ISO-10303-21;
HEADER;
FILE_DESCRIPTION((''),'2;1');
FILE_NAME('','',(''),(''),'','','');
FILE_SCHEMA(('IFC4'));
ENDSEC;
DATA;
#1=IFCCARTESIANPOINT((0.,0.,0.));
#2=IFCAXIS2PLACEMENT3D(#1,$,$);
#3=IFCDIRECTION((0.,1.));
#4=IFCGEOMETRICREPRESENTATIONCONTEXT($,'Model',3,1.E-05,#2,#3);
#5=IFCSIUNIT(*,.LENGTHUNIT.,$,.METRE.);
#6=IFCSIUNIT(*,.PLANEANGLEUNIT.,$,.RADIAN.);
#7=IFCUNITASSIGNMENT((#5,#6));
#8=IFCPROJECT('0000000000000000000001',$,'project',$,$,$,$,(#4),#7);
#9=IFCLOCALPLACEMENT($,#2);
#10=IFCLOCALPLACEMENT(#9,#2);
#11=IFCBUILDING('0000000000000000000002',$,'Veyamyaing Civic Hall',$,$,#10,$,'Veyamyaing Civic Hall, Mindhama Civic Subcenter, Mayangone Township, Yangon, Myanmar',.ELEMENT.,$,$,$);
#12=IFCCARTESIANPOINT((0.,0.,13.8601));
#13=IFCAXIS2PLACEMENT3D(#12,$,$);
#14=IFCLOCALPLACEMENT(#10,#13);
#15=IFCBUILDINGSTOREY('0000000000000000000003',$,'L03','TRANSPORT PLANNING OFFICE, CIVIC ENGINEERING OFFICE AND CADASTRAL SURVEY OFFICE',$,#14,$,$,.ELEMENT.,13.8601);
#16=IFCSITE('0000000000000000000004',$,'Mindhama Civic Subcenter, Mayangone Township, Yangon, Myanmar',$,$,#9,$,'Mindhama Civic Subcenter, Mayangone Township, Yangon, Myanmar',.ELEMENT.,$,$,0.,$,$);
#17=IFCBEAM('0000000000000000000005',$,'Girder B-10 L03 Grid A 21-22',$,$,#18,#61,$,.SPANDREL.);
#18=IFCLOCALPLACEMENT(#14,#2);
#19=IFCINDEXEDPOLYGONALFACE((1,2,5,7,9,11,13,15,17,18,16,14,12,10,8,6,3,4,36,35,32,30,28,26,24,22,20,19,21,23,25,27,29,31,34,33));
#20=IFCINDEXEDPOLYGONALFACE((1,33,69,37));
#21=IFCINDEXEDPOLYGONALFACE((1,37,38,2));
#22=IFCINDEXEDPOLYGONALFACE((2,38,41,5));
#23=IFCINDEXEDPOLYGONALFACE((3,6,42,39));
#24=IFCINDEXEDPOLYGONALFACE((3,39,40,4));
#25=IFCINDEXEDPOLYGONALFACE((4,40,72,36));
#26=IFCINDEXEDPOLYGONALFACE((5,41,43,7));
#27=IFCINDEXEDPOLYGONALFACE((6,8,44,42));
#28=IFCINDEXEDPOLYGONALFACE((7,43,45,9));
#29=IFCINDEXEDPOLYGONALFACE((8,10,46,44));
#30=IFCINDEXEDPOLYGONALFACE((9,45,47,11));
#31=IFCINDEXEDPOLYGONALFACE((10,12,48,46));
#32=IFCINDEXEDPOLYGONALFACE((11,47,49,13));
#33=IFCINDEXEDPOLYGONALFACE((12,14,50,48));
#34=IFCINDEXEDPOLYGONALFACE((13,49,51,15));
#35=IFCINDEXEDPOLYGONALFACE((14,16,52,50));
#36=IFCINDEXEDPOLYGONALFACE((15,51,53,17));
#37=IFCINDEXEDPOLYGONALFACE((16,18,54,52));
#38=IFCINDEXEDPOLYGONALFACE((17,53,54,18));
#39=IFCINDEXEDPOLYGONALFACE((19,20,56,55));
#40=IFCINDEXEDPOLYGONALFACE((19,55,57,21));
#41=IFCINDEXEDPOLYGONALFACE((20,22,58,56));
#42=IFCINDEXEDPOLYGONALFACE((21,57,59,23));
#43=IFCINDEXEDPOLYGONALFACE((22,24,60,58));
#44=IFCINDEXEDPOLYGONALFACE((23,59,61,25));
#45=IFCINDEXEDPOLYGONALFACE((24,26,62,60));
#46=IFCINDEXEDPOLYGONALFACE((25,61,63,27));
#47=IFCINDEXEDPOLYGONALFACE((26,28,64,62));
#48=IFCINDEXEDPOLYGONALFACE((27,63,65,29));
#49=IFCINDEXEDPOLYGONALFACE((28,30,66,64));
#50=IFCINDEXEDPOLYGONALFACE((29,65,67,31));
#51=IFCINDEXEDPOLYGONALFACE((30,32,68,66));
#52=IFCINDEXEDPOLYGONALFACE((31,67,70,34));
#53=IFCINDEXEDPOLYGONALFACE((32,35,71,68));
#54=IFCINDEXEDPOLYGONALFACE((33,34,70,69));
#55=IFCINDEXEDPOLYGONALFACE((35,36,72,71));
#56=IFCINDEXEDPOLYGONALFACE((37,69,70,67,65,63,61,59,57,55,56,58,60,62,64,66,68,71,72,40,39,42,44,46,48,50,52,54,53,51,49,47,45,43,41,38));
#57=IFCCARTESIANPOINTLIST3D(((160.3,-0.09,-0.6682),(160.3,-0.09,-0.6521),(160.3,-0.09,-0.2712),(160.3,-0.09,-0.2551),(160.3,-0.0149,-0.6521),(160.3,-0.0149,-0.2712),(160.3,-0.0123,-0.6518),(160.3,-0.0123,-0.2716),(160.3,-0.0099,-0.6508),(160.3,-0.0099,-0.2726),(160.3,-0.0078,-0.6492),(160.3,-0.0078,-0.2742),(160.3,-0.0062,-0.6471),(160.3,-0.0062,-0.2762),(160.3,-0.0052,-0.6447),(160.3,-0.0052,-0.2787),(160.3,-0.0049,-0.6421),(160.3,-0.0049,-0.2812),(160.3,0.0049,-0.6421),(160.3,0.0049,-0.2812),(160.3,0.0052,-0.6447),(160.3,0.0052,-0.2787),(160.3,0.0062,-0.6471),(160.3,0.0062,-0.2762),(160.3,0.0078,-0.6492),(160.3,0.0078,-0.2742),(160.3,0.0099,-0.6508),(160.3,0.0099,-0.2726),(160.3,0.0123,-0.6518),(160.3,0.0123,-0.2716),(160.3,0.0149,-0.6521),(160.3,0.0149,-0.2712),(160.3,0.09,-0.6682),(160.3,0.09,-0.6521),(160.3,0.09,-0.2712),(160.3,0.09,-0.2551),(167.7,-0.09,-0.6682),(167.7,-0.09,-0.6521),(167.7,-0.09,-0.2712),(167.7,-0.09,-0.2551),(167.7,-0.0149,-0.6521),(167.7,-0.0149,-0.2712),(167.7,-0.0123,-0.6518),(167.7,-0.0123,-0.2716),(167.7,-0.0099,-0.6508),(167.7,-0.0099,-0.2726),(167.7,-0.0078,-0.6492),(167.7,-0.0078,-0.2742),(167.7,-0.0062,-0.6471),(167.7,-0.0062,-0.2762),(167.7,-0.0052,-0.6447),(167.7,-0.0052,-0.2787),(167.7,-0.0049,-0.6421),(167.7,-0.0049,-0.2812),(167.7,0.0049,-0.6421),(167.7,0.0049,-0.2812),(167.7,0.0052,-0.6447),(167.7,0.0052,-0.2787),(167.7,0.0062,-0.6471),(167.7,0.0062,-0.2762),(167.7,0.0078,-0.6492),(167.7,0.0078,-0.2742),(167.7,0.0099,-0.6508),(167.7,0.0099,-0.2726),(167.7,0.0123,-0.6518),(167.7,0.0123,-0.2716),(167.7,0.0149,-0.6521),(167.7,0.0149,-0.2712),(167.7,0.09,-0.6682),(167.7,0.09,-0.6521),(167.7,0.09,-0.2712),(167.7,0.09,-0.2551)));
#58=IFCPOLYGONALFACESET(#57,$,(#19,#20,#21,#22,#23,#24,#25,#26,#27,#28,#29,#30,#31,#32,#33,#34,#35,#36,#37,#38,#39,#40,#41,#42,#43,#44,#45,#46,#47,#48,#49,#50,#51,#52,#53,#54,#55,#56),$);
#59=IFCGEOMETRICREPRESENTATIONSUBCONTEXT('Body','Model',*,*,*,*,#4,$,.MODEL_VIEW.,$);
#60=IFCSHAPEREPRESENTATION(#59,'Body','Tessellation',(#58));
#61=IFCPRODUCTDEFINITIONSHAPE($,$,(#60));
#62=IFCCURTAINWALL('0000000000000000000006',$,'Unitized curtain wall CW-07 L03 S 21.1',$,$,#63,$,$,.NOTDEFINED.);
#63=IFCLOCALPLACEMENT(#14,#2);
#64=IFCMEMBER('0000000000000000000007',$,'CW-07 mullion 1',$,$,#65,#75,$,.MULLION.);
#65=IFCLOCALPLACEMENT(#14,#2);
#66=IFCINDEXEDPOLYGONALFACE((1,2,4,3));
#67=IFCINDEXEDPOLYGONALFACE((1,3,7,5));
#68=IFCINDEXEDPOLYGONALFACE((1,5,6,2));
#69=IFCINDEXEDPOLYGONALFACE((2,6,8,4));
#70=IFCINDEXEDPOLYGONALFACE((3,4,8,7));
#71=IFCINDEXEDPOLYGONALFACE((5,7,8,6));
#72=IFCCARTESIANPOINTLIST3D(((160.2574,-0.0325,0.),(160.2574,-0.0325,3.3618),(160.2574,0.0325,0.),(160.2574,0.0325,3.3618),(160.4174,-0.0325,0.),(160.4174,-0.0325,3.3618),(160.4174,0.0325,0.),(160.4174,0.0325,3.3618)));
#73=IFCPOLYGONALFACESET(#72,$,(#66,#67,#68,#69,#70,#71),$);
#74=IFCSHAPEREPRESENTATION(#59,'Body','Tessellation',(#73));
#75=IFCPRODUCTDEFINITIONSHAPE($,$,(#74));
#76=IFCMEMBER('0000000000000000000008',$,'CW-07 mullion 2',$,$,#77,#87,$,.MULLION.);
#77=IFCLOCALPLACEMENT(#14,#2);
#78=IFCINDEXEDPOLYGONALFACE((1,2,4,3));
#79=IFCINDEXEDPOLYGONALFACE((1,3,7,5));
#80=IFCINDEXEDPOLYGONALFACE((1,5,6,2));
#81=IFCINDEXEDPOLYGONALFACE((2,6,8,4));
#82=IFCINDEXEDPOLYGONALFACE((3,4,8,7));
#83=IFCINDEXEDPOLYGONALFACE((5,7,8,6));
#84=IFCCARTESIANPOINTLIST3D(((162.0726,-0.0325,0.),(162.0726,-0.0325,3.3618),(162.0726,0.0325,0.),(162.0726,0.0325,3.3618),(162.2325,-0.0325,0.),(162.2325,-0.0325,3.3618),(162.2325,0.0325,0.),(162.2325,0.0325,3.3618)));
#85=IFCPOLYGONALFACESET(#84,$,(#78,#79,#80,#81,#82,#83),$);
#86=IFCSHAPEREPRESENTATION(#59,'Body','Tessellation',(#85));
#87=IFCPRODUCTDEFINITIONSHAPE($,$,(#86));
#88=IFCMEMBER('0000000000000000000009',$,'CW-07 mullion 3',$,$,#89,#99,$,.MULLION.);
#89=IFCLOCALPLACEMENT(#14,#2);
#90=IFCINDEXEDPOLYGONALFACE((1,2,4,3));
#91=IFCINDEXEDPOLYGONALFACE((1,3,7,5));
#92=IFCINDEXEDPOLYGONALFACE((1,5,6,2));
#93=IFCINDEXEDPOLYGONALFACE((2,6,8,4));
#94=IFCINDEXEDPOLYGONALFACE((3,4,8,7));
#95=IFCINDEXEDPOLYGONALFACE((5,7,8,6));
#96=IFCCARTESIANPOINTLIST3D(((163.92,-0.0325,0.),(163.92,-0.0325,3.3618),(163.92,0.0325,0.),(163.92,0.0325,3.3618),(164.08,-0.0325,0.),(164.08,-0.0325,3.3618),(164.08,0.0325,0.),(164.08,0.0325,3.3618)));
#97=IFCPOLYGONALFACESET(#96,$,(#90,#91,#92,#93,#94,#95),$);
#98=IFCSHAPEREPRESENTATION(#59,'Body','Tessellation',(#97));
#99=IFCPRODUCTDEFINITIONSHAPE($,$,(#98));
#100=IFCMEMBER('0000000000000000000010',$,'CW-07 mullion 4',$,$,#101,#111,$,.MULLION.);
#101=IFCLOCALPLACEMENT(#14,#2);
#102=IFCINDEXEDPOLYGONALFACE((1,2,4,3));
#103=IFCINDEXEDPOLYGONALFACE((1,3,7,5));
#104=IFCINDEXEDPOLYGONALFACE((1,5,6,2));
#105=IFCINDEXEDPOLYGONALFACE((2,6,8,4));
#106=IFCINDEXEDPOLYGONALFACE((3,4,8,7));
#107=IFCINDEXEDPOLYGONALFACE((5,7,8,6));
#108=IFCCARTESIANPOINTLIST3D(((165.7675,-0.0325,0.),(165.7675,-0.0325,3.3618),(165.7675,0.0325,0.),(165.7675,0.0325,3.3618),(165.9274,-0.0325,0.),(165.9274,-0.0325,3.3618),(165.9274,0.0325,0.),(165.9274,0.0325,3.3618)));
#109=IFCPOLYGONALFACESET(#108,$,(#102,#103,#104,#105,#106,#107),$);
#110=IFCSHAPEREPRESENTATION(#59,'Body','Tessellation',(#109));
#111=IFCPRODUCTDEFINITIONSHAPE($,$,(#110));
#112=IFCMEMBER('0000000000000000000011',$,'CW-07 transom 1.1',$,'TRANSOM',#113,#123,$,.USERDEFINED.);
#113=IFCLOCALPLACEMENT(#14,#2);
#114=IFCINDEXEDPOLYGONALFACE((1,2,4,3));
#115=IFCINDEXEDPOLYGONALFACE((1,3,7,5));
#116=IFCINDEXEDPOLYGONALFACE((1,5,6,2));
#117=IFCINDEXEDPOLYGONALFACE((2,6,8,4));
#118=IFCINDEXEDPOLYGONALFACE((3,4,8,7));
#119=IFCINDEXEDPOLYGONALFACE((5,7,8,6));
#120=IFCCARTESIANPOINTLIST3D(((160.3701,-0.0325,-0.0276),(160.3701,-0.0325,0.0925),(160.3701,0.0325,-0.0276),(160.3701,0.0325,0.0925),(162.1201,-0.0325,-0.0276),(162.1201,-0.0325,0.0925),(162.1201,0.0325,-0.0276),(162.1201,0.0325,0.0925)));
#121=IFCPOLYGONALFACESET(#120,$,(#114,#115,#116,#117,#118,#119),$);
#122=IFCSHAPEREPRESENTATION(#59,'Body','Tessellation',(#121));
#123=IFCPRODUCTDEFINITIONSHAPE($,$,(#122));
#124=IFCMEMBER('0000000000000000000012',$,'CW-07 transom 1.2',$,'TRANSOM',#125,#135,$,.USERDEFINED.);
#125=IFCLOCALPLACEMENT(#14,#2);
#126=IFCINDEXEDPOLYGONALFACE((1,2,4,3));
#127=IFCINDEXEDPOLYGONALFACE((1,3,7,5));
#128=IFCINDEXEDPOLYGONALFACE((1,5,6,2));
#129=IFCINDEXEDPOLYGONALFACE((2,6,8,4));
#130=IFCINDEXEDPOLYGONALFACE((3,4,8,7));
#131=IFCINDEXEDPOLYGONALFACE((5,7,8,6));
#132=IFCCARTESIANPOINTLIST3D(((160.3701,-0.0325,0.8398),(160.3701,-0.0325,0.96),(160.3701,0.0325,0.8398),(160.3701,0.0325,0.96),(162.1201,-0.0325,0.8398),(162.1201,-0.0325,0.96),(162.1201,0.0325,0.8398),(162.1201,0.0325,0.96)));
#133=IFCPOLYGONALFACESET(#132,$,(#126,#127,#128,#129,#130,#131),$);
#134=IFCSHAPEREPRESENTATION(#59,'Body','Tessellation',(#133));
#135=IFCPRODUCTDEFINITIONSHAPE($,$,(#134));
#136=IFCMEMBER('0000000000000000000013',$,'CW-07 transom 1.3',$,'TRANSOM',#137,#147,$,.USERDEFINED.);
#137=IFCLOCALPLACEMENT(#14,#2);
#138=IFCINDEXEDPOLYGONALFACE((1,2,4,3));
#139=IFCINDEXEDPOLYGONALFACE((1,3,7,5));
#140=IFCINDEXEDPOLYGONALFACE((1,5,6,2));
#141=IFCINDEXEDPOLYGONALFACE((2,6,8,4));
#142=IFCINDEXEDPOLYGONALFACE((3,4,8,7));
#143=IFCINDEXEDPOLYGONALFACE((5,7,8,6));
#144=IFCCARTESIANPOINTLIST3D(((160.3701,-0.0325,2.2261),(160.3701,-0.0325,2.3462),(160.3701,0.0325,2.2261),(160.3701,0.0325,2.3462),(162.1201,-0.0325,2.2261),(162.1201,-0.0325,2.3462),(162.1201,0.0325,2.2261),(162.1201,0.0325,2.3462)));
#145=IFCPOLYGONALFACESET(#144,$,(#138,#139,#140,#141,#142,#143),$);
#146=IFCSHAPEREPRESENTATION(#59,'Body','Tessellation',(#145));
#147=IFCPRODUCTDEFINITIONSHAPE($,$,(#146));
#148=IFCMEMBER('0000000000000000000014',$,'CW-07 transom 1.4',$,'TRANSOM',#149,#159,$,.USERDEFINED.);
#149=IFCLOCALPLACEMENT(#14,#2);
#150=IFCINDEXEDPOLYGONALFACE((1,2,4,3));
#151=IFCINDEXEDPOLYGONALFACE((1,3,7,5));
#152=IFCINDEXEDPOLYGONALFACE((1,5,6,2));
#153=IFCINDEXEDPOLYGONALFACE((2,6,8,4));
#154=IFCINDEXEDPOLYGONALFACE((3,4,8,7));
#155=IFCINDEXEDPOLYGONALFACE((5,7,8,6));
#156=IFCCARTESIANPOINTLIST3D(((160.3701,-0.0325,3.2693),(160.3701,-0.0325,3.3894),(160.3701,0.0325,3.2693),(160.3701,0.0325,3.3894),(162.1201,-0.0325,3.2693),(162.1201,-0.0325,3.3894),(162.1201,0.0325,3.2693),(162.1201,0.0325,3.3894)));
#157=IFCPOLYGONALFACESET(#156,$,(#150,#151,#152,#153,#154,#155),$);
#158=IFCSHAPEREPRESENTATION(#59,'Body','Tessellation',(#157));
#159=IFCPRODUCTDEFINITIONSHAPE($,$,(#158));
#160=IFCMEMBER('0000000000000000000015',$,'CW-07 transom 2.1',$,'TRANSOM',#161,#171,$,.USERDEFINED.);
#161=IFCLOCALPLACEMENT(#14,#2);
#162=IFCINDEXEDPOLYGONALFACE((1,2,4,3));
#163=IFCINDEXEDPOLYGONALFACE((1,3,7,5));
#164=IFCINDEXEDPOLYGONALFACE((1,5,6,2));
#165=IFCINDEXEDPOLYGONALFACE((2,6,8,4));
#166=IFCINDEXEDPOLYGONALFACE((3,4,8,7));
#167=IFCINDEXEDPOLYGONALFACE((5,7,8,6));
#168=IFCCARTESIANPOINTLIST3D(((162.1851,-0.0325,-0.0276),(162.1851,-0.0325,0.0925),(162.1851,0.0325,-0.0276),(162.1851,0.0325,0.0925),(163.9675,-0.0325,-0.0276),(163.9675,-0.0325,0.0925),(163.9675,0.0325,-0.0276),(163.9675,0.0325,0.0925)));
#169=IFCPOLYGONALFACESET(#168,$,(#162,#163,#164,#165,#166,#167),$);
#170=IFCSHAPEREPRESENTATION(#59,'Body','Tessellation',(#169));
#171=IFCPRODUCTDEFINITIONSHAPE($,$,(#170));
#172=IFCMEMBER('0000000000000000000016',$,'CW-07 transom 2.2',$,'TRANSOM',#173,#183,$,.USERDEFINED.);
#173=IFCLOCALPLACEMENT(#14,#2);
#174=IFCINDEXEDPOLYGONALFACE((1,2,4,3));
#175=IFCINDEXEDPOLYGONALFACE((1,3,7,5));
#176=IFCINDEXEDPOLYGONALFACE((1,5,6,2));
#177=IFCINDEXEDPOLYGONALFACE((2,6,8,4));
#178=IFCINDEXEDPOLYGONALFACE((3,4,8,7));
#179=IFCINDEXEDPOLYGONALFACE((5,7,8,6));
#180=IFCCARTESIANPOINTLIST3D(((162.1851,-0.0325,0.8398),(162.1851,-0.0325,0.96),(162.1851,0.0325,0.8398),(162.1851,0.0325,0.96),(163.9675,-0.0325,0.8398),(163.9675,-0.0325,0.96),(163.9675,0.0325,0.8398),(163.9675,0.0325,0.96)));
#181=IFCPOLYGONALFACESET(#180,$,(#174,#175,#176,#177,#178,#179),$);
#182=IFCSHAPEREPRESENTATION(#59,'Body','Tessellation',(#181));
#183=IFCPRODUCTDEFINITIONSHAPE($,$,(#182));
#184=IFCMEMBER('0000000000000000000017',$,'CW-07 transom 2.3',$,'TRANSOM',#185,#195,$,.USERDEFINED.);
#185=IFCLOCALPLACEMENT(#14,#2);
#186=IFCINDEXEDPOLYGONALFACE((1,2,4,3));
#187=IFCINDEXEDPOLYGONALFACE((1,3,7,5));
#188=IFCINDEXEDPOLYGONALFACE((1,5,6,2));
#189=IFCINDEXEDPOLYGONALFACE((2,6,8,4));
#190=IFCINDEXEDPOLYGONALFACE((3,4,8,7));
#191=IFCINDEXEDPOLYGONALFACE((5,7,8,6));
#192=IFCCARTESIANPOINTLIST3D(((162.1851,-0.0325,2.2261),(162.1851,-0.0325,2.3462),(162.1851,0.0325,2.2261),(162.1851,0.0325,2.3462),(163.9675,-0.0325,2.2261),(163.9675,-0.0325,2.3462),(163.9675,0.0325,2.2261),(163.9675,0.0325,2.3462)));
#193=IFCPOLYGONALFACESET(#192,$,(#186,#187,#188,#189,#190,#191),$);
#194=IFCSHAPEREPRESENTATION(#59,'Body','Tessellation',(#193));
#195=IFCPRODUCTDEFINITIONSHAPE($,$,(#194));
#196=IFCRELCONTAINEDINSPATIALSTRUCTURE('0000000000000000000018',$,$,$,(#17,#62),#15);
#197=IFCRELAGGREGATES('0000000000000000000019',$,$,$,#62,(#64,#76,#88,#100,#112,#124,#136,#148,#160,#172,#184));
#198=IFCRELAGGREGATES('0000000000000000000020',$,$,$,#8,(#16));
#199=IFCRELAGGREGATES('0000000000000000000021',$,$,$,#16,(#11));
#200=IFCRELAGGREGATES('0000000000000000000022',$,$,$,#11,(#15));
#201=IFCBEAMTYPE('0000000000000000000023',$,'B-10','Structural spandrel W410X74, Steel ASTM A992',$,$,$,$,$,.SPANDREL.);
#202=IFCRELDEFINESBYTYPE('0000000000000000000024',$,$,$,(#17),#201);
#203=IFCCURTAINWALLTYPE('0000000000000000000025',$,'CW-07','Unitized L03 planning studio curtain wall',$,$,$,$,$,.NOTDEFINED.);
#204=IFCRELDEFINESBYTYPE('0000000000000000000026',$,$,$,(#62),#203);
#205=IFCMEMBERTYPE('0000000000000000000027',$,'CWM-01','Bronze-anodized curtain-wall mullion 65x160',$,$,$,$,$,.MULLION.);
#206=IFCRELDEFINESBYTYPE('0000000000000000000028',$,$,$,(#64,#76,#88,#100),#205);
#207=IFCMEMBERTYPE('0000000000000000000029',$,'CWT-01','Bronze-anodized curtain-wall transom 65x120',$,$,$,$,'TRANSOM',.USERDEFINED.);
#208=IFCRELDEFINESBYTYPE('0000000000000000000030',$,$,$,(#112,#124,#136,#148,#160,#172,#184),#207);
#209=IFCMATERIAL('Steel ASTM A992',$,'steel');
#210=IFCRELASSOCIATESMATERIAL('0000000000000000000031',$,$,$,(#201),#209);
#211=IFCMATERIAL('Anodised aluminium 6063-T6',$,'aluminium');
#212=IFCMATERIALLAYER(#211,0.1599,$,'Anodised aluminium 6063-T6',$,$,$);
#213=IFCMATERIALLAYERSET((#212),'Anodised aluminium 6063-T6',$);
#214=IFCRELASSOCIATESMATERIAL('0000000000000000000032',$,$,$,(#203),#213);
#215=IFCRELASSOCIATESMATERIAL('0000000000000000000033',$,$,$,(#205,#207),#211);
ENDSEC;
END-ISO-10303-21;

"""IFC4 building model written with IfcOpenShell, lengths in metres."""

from ifc_helpers import new_model, si_unit, direction, frame, origin, origin_2d, place, context, subcontext, project, spatial, rectangle, i_section, extrude, material, layer, layer_set, material_profile, profile_set, type_object, element, aggregate, save


model = new_model("IFC4")

# Units and contexts
model_context = context("Model", 3, precision=1e-05, world=origin(), true_north=direction((0.0, 1.0)))
body_context = subcontext(model_context, "Body", "Model", "MODEL_VIEW")
ifc_project = project(units=[si_unit("LENGTHUNIT", "METRE"), si_unit("PLANEANGLEUNIT", "RADIAN")], contexts=[model_context])

# Site, building, storey
site_placement = place(None, origin())
site = spatial("IfcSite", under=ifc_project, at=site_placement, Name="Mindhama Civic Subcenter, Mayangone Township, Yangon, Myanmar", LongName="Mindhama Civic Subcenter, Mayangone Township, Yangon, Myanmar", CompositionType="ELEMENT", RefElevation=0.0)
building_placement = place(site_placement, origin())
building = spatial("IfcBuilding", under=site, at=building_placement, Name="Veyamyaing Civic Hall", LongName="Veyamyaing Civic Hall, Mindhama Civic Subcenter, Mayangone Township, Yangon, Myanmar", CompositionType="ELEMENT")
storey_placement = place(building_placement, frame((0.0, 0.0, 13.8601)))
storey = spatial("IfcBuildingStorey", under=building, at=storey_placement, Name="L03", Description="TRANSPORT PLANNING OFFICE, CIVIC ENGINEERING OFFICE AND CADASTRAL SURVEY OFFICE", CompositionType="ELEMENT", Elevation=13.8601)

# Beam
ifc_material_1 = material(Name="Steel ASTM A992", Category="steel")
ifc_material_profile_1 = material_profile(ifc_material_1, i_section(OverallWidth=0.1799, OverallDepth=0.4131, WebThickness=0.0098, FlangeThickness=0.0161, FilletRadius=0.01, at=origin_2d()), Name="W410X74")
ifc_profile_set_1 = profile_set([ifc_material_profile_1], Name="Steel ASTM A992")
beam_type_1 = type_object("IfcBeamType", Name="B-10", Description="Structural spandrel W410X74, Steel ASTM A992", PredefinedType="SPANDREL", material=ifc_profile_set_1)
beam_1_placement = place(storey_placement, frame((160.3, 0.0, -0.4617), z_axis=(1.0, 0.0, 0.0), x_axis=(0.0, 1.0, 0.0)))
element("IfcBeam", 1, at=beam_1_placement, inside=storey, type_object=beam_type_1, Name="Girder B-10 L03 Grid A 21-22", PredefinedType="SPANDREL", context=body_context, shape_type="SweptSolid", body=[
    extrude(i_section(OverallWidth=0.1799, OverallDepth=0.4131, WebThickness=0.0098, FlangeThickness=0.0161, FilletRadius=0.01, at=origin_2d()), origin(), (0.0, 0.0, 1.0), 7.3999),
])

# Curtain wall, members
ifc_material_2 = material(Name="Anodised aluminium 6063-T6", Category="aluminium")
ifc_layer_1 = layer(ifc_material_2, 0.1599, Name="Anodised aluminium 6063-T6")
ifc_layer_set_1 = layer_set([ifc_layer_1], Name="Anodised aluminium 6063-T6")
curtain_wall_type = type_object("IfcCurtainWallType", Name="CW-07", Description="Unitized L03 planning studio curtain wall", PredefinedType="NOTDEFINED", material=ifc_layer_set_1)
curtain_wall_1_placement = place(storey_placement, origin())
curtain_wall_1 = element("IfcCurtainWall", 2, at=curtain_wall_1_placement, inside=storey, type_object=curtain_wall_type, Name="Unitized curtain wall CW-07 L03 S 21.1", PredefinedType="NOTDEFINED")
ifc_material_profile_2 = material_profile(ifc_material_2, rectangle(XDim=0.0649, YDim=0.1599, at=origin_2d()), Name="ALU-MUL-65X160")
ifc_profile_set_2 = profile_set([ifc_material_profile_2], Name="Anodised aluminium 6063-T6")
member_type_1 = type_object("IfcMemberType", Name="CWM-01", Description="Bronze-anodized curtain-wall mullion 65x160", PredefinedType="MULLION", material=ifc_profile_set_2)
member_1_placement = place(storey_placement, frame((160.3374, 0.0, 0.0), z_axis=(0.0, 0.0, 1.0), x_axis=(0.0, 1.0, 0.0)))
member_1 = element("IfcMember", 3, at=member_1_placement, type_object=member_type_1, Name="CW-07 mullion 1", PredefinedType="MULLION", context=body_context, shape_type="SweptSolid", body=[
    extrude(rectangle(XDim=0.0649, YDim=0.1599, at=origin_2d()), origin(), (0.0, 0.0, 1.0), 3.3618),
])
member_2_placement = place(storey_placement, frame((162.1526, 0.0, 0.0), z_axis=(0.0, 0.0, 1.0), x_axis=(0.0, 1.0, 0.0)))
member_2 = element("IfcMember", 4, at=member_2_placement, type_object=member_type_1, Name="CW-07 mullion 2", PredefinedType="MULLION", context=body_context, shape_type="SweptSolid", body=[
    extrude(rectangle(XDim=0.0649, YDim=0.1599, at=origin_2d()), origin(), (0.0, 0.0, 1.0), 3.3618),
])
member_3_placement = place(storey_placement, frame((164.0, 0.0, 0.0), z_axis=(0.0, 0.0, 1.0), x_axis=(0.0, 1.0, 0.0)))
member_3 = element("IfcMember", 5, at=member_3_placement, type_object=member_type_1, Name="CW-07 mullion 3", PredefinedType="MULLION", context=body_context, shape_type="SweptSolid", body=[
    extrude(rectangle(XDim=0.0649, YDim=0.1599, at=origin_2d()), origin(), (0.0, 0.0, 1.0), 3.3618),
])
member_4_placement = place(storey_placement, frame((165.8474, 0.0, 0.0), z_axis=(0.0, 0.0, 1.0), x_axis=(0.0, 1.0, 0.0)))
member_4 = element("IfcMember", 6, at=member_4_placement, type_object=member_type_1, Name="CW-07 mullion 4", PredefinedType="MULLION", context=body_context, shape_type="SweptSolid", body=[
    extrude(rectangle(XDim=0.0649, YDim=0.1599, at=origin_2d()), origin(), (0.0, 0.0, 1.0), 3.3618),
])
ifc_material_profile_3 = material_profile(ifc_material_2, rectangle(XDim=0.0649, YDim=0.1201, at=origin_2d()), Name="ALU-TRN-65X120")
ifc_profile_set_3 = profile_set([ifc_material_profile_3], Name="Anodised aluminium 6063-T6")
member_type_2 = type_object("IfcMemberType", Name="CWT-01", Description="Bronze-anodized curtain-wall transom 65x120", ElementType="TRANSOM", PredefinedType="USERDEFINED", material=ifc_profile_set_3)
member_5_placement = place(storey_placement, frame((160.3701, 0.0, 0.0325), z_axis=(1.0, 0.0, 0.0), x_axis=(0.0, 1.0, 0.0)))
member_5 = element("IfcMember", 7, at=member_5_placement, type_object=member_type_2, Name="CW-07 transom 1.1", ObjectType="TRANSOM", PredefinedType="USERDEFINED", context=body_context, shape_type="SweptSolid", body=[
    extrude(rectangle(XDim=0.0649, YDim=0.1201, at=origin_2d()), origin(), (0.0, 0.0, 1.0), 1.75),
])
member_6_placement = place(storey_placement, frame((160.3701, 0.0, 0.8999), z_axis=(1.0, 0.0, 0.0), x_axis=(0.0, 1.0, 0.0)))
member_6 = element("IfcMember", 8, at=member_6_placement, type_object=member_type_2, Name="CW-07 transom 1.2", ObjectType="TRANSOM", PredefinedType="USERDEFINED", context=body_context, shape_type="SweptSolid", body=[
    extrude(rectangle(XDim=0.0649, YDim=0.1201, at=origin_2d()), origin(), (0.0, 0.0, 1.0), 1.75),
])
member_7_placement = place(storey_placement, frame((160.3701, 0.0, 2.2861), z_axis=(1.0, 0.0, 0.0), x_axis=(0.0, 1.0, 0.0)))
member_7 = element("IfcMember", 9, at=member_7_placement, type_object=member_type_2, Name="CW-07 transom 1.3", ObjectType="TRANSOM", PredefinedType="USERDEFINED", context=body_context, shape_type="SweptSolid", body=[
    extrude(rectangle(XDim=0.0649, YDim=0.1201, at=origin_2d()), origin(), (0.0, 0.0, 1.0), 1.75),
])
member_8_placement = place(storey_placement, frame((160.3701, 0.0, 3.3293), z_axis=(1.0, 0.0, 0.0), x_axis=(0.0, 1.0, 0.0)))
member_8 = element("IfcMember", 10, at=member_8_placement, type_object=member_type_2, Name="CW-07 transom 1.4", ObjectType="TRANSOM", PredefinedType="USERDEFINED", context=body_context, shape_type="SweptSolid", body=[
    extrude(rectangle(XDim=0.0649, YDim=0.1201, at=origin_2d()), origin(), (0.0, 0.0, 1.0), 1.75),
])
member_9_placement = place(storey_placement, frame((162.1851, 0.0, 0.0325), z_axis=(1.0, 0.0, 0.0), x_axis=(0.0, 1.0, 0.0)))
member_9 = element("IfcMember", 11, at=member_9_placement, type_object=member_type_2, Name="CW-07 transom 2.1", ObjectType="TRANSOM", PredefinedType="USERDEFINED", context=body_context, shape_type="SweptSolid", body=[
    extrude(rectangle(XDim=0.0649, YDim=0.1201, at=origin_2d()), origin(), (0.0, 0.0, 1.0), 1.7825),
])
member_10_placement = place(storey_placement, frame((162.1851, 0.0, 0.8999), z_axis=(1.0, 0.0, 0.0), x_axis=(0.0, 1.0, 0.0)))
member_10 = element("IfcMember", 12, at=member_10_placement, type_object=member_type_2, Name="CW-07 transom 2.2", ObjectType="TRANSOM", PredefinedType="USERDEFINED", context=body_context, shape_type="SweptSolid", body=[
    extrude(rectangle(XDim=0.0649, YDim=0.1201, at=origin_2d()), origin(), (0.0, 0.0, 1.0), 1.7825),
])
member_11_placement = place(storey_placement, frame((162.1851, 0.0, 2.2861), z_axis=(1.0, 0.0, 0.0), x_axis=(0.0, 1.0, 0.0)))
member_11 = element("IfcMember", 13, at=member_11_placement, type_object=member_type_2, Name="CW-07 transom 2.3", ObjectType="TRANSOM", PredefinedType="USERDEFINED", context=body_context, shape_type="SweptSolid", body=[
    extrude(rectangle(XDim=0.0649, YDim=0.1201, at=origin_2d()), origin(), (0.0, 0.0, 1.0), 1.7825),
])

aggregate(curtain_wall_1, [member_1, member_2, member_3, member_4, member_5, member_6, member_7, member_8, member_9, member_10, member_11])

save(model, "model.ifc")
